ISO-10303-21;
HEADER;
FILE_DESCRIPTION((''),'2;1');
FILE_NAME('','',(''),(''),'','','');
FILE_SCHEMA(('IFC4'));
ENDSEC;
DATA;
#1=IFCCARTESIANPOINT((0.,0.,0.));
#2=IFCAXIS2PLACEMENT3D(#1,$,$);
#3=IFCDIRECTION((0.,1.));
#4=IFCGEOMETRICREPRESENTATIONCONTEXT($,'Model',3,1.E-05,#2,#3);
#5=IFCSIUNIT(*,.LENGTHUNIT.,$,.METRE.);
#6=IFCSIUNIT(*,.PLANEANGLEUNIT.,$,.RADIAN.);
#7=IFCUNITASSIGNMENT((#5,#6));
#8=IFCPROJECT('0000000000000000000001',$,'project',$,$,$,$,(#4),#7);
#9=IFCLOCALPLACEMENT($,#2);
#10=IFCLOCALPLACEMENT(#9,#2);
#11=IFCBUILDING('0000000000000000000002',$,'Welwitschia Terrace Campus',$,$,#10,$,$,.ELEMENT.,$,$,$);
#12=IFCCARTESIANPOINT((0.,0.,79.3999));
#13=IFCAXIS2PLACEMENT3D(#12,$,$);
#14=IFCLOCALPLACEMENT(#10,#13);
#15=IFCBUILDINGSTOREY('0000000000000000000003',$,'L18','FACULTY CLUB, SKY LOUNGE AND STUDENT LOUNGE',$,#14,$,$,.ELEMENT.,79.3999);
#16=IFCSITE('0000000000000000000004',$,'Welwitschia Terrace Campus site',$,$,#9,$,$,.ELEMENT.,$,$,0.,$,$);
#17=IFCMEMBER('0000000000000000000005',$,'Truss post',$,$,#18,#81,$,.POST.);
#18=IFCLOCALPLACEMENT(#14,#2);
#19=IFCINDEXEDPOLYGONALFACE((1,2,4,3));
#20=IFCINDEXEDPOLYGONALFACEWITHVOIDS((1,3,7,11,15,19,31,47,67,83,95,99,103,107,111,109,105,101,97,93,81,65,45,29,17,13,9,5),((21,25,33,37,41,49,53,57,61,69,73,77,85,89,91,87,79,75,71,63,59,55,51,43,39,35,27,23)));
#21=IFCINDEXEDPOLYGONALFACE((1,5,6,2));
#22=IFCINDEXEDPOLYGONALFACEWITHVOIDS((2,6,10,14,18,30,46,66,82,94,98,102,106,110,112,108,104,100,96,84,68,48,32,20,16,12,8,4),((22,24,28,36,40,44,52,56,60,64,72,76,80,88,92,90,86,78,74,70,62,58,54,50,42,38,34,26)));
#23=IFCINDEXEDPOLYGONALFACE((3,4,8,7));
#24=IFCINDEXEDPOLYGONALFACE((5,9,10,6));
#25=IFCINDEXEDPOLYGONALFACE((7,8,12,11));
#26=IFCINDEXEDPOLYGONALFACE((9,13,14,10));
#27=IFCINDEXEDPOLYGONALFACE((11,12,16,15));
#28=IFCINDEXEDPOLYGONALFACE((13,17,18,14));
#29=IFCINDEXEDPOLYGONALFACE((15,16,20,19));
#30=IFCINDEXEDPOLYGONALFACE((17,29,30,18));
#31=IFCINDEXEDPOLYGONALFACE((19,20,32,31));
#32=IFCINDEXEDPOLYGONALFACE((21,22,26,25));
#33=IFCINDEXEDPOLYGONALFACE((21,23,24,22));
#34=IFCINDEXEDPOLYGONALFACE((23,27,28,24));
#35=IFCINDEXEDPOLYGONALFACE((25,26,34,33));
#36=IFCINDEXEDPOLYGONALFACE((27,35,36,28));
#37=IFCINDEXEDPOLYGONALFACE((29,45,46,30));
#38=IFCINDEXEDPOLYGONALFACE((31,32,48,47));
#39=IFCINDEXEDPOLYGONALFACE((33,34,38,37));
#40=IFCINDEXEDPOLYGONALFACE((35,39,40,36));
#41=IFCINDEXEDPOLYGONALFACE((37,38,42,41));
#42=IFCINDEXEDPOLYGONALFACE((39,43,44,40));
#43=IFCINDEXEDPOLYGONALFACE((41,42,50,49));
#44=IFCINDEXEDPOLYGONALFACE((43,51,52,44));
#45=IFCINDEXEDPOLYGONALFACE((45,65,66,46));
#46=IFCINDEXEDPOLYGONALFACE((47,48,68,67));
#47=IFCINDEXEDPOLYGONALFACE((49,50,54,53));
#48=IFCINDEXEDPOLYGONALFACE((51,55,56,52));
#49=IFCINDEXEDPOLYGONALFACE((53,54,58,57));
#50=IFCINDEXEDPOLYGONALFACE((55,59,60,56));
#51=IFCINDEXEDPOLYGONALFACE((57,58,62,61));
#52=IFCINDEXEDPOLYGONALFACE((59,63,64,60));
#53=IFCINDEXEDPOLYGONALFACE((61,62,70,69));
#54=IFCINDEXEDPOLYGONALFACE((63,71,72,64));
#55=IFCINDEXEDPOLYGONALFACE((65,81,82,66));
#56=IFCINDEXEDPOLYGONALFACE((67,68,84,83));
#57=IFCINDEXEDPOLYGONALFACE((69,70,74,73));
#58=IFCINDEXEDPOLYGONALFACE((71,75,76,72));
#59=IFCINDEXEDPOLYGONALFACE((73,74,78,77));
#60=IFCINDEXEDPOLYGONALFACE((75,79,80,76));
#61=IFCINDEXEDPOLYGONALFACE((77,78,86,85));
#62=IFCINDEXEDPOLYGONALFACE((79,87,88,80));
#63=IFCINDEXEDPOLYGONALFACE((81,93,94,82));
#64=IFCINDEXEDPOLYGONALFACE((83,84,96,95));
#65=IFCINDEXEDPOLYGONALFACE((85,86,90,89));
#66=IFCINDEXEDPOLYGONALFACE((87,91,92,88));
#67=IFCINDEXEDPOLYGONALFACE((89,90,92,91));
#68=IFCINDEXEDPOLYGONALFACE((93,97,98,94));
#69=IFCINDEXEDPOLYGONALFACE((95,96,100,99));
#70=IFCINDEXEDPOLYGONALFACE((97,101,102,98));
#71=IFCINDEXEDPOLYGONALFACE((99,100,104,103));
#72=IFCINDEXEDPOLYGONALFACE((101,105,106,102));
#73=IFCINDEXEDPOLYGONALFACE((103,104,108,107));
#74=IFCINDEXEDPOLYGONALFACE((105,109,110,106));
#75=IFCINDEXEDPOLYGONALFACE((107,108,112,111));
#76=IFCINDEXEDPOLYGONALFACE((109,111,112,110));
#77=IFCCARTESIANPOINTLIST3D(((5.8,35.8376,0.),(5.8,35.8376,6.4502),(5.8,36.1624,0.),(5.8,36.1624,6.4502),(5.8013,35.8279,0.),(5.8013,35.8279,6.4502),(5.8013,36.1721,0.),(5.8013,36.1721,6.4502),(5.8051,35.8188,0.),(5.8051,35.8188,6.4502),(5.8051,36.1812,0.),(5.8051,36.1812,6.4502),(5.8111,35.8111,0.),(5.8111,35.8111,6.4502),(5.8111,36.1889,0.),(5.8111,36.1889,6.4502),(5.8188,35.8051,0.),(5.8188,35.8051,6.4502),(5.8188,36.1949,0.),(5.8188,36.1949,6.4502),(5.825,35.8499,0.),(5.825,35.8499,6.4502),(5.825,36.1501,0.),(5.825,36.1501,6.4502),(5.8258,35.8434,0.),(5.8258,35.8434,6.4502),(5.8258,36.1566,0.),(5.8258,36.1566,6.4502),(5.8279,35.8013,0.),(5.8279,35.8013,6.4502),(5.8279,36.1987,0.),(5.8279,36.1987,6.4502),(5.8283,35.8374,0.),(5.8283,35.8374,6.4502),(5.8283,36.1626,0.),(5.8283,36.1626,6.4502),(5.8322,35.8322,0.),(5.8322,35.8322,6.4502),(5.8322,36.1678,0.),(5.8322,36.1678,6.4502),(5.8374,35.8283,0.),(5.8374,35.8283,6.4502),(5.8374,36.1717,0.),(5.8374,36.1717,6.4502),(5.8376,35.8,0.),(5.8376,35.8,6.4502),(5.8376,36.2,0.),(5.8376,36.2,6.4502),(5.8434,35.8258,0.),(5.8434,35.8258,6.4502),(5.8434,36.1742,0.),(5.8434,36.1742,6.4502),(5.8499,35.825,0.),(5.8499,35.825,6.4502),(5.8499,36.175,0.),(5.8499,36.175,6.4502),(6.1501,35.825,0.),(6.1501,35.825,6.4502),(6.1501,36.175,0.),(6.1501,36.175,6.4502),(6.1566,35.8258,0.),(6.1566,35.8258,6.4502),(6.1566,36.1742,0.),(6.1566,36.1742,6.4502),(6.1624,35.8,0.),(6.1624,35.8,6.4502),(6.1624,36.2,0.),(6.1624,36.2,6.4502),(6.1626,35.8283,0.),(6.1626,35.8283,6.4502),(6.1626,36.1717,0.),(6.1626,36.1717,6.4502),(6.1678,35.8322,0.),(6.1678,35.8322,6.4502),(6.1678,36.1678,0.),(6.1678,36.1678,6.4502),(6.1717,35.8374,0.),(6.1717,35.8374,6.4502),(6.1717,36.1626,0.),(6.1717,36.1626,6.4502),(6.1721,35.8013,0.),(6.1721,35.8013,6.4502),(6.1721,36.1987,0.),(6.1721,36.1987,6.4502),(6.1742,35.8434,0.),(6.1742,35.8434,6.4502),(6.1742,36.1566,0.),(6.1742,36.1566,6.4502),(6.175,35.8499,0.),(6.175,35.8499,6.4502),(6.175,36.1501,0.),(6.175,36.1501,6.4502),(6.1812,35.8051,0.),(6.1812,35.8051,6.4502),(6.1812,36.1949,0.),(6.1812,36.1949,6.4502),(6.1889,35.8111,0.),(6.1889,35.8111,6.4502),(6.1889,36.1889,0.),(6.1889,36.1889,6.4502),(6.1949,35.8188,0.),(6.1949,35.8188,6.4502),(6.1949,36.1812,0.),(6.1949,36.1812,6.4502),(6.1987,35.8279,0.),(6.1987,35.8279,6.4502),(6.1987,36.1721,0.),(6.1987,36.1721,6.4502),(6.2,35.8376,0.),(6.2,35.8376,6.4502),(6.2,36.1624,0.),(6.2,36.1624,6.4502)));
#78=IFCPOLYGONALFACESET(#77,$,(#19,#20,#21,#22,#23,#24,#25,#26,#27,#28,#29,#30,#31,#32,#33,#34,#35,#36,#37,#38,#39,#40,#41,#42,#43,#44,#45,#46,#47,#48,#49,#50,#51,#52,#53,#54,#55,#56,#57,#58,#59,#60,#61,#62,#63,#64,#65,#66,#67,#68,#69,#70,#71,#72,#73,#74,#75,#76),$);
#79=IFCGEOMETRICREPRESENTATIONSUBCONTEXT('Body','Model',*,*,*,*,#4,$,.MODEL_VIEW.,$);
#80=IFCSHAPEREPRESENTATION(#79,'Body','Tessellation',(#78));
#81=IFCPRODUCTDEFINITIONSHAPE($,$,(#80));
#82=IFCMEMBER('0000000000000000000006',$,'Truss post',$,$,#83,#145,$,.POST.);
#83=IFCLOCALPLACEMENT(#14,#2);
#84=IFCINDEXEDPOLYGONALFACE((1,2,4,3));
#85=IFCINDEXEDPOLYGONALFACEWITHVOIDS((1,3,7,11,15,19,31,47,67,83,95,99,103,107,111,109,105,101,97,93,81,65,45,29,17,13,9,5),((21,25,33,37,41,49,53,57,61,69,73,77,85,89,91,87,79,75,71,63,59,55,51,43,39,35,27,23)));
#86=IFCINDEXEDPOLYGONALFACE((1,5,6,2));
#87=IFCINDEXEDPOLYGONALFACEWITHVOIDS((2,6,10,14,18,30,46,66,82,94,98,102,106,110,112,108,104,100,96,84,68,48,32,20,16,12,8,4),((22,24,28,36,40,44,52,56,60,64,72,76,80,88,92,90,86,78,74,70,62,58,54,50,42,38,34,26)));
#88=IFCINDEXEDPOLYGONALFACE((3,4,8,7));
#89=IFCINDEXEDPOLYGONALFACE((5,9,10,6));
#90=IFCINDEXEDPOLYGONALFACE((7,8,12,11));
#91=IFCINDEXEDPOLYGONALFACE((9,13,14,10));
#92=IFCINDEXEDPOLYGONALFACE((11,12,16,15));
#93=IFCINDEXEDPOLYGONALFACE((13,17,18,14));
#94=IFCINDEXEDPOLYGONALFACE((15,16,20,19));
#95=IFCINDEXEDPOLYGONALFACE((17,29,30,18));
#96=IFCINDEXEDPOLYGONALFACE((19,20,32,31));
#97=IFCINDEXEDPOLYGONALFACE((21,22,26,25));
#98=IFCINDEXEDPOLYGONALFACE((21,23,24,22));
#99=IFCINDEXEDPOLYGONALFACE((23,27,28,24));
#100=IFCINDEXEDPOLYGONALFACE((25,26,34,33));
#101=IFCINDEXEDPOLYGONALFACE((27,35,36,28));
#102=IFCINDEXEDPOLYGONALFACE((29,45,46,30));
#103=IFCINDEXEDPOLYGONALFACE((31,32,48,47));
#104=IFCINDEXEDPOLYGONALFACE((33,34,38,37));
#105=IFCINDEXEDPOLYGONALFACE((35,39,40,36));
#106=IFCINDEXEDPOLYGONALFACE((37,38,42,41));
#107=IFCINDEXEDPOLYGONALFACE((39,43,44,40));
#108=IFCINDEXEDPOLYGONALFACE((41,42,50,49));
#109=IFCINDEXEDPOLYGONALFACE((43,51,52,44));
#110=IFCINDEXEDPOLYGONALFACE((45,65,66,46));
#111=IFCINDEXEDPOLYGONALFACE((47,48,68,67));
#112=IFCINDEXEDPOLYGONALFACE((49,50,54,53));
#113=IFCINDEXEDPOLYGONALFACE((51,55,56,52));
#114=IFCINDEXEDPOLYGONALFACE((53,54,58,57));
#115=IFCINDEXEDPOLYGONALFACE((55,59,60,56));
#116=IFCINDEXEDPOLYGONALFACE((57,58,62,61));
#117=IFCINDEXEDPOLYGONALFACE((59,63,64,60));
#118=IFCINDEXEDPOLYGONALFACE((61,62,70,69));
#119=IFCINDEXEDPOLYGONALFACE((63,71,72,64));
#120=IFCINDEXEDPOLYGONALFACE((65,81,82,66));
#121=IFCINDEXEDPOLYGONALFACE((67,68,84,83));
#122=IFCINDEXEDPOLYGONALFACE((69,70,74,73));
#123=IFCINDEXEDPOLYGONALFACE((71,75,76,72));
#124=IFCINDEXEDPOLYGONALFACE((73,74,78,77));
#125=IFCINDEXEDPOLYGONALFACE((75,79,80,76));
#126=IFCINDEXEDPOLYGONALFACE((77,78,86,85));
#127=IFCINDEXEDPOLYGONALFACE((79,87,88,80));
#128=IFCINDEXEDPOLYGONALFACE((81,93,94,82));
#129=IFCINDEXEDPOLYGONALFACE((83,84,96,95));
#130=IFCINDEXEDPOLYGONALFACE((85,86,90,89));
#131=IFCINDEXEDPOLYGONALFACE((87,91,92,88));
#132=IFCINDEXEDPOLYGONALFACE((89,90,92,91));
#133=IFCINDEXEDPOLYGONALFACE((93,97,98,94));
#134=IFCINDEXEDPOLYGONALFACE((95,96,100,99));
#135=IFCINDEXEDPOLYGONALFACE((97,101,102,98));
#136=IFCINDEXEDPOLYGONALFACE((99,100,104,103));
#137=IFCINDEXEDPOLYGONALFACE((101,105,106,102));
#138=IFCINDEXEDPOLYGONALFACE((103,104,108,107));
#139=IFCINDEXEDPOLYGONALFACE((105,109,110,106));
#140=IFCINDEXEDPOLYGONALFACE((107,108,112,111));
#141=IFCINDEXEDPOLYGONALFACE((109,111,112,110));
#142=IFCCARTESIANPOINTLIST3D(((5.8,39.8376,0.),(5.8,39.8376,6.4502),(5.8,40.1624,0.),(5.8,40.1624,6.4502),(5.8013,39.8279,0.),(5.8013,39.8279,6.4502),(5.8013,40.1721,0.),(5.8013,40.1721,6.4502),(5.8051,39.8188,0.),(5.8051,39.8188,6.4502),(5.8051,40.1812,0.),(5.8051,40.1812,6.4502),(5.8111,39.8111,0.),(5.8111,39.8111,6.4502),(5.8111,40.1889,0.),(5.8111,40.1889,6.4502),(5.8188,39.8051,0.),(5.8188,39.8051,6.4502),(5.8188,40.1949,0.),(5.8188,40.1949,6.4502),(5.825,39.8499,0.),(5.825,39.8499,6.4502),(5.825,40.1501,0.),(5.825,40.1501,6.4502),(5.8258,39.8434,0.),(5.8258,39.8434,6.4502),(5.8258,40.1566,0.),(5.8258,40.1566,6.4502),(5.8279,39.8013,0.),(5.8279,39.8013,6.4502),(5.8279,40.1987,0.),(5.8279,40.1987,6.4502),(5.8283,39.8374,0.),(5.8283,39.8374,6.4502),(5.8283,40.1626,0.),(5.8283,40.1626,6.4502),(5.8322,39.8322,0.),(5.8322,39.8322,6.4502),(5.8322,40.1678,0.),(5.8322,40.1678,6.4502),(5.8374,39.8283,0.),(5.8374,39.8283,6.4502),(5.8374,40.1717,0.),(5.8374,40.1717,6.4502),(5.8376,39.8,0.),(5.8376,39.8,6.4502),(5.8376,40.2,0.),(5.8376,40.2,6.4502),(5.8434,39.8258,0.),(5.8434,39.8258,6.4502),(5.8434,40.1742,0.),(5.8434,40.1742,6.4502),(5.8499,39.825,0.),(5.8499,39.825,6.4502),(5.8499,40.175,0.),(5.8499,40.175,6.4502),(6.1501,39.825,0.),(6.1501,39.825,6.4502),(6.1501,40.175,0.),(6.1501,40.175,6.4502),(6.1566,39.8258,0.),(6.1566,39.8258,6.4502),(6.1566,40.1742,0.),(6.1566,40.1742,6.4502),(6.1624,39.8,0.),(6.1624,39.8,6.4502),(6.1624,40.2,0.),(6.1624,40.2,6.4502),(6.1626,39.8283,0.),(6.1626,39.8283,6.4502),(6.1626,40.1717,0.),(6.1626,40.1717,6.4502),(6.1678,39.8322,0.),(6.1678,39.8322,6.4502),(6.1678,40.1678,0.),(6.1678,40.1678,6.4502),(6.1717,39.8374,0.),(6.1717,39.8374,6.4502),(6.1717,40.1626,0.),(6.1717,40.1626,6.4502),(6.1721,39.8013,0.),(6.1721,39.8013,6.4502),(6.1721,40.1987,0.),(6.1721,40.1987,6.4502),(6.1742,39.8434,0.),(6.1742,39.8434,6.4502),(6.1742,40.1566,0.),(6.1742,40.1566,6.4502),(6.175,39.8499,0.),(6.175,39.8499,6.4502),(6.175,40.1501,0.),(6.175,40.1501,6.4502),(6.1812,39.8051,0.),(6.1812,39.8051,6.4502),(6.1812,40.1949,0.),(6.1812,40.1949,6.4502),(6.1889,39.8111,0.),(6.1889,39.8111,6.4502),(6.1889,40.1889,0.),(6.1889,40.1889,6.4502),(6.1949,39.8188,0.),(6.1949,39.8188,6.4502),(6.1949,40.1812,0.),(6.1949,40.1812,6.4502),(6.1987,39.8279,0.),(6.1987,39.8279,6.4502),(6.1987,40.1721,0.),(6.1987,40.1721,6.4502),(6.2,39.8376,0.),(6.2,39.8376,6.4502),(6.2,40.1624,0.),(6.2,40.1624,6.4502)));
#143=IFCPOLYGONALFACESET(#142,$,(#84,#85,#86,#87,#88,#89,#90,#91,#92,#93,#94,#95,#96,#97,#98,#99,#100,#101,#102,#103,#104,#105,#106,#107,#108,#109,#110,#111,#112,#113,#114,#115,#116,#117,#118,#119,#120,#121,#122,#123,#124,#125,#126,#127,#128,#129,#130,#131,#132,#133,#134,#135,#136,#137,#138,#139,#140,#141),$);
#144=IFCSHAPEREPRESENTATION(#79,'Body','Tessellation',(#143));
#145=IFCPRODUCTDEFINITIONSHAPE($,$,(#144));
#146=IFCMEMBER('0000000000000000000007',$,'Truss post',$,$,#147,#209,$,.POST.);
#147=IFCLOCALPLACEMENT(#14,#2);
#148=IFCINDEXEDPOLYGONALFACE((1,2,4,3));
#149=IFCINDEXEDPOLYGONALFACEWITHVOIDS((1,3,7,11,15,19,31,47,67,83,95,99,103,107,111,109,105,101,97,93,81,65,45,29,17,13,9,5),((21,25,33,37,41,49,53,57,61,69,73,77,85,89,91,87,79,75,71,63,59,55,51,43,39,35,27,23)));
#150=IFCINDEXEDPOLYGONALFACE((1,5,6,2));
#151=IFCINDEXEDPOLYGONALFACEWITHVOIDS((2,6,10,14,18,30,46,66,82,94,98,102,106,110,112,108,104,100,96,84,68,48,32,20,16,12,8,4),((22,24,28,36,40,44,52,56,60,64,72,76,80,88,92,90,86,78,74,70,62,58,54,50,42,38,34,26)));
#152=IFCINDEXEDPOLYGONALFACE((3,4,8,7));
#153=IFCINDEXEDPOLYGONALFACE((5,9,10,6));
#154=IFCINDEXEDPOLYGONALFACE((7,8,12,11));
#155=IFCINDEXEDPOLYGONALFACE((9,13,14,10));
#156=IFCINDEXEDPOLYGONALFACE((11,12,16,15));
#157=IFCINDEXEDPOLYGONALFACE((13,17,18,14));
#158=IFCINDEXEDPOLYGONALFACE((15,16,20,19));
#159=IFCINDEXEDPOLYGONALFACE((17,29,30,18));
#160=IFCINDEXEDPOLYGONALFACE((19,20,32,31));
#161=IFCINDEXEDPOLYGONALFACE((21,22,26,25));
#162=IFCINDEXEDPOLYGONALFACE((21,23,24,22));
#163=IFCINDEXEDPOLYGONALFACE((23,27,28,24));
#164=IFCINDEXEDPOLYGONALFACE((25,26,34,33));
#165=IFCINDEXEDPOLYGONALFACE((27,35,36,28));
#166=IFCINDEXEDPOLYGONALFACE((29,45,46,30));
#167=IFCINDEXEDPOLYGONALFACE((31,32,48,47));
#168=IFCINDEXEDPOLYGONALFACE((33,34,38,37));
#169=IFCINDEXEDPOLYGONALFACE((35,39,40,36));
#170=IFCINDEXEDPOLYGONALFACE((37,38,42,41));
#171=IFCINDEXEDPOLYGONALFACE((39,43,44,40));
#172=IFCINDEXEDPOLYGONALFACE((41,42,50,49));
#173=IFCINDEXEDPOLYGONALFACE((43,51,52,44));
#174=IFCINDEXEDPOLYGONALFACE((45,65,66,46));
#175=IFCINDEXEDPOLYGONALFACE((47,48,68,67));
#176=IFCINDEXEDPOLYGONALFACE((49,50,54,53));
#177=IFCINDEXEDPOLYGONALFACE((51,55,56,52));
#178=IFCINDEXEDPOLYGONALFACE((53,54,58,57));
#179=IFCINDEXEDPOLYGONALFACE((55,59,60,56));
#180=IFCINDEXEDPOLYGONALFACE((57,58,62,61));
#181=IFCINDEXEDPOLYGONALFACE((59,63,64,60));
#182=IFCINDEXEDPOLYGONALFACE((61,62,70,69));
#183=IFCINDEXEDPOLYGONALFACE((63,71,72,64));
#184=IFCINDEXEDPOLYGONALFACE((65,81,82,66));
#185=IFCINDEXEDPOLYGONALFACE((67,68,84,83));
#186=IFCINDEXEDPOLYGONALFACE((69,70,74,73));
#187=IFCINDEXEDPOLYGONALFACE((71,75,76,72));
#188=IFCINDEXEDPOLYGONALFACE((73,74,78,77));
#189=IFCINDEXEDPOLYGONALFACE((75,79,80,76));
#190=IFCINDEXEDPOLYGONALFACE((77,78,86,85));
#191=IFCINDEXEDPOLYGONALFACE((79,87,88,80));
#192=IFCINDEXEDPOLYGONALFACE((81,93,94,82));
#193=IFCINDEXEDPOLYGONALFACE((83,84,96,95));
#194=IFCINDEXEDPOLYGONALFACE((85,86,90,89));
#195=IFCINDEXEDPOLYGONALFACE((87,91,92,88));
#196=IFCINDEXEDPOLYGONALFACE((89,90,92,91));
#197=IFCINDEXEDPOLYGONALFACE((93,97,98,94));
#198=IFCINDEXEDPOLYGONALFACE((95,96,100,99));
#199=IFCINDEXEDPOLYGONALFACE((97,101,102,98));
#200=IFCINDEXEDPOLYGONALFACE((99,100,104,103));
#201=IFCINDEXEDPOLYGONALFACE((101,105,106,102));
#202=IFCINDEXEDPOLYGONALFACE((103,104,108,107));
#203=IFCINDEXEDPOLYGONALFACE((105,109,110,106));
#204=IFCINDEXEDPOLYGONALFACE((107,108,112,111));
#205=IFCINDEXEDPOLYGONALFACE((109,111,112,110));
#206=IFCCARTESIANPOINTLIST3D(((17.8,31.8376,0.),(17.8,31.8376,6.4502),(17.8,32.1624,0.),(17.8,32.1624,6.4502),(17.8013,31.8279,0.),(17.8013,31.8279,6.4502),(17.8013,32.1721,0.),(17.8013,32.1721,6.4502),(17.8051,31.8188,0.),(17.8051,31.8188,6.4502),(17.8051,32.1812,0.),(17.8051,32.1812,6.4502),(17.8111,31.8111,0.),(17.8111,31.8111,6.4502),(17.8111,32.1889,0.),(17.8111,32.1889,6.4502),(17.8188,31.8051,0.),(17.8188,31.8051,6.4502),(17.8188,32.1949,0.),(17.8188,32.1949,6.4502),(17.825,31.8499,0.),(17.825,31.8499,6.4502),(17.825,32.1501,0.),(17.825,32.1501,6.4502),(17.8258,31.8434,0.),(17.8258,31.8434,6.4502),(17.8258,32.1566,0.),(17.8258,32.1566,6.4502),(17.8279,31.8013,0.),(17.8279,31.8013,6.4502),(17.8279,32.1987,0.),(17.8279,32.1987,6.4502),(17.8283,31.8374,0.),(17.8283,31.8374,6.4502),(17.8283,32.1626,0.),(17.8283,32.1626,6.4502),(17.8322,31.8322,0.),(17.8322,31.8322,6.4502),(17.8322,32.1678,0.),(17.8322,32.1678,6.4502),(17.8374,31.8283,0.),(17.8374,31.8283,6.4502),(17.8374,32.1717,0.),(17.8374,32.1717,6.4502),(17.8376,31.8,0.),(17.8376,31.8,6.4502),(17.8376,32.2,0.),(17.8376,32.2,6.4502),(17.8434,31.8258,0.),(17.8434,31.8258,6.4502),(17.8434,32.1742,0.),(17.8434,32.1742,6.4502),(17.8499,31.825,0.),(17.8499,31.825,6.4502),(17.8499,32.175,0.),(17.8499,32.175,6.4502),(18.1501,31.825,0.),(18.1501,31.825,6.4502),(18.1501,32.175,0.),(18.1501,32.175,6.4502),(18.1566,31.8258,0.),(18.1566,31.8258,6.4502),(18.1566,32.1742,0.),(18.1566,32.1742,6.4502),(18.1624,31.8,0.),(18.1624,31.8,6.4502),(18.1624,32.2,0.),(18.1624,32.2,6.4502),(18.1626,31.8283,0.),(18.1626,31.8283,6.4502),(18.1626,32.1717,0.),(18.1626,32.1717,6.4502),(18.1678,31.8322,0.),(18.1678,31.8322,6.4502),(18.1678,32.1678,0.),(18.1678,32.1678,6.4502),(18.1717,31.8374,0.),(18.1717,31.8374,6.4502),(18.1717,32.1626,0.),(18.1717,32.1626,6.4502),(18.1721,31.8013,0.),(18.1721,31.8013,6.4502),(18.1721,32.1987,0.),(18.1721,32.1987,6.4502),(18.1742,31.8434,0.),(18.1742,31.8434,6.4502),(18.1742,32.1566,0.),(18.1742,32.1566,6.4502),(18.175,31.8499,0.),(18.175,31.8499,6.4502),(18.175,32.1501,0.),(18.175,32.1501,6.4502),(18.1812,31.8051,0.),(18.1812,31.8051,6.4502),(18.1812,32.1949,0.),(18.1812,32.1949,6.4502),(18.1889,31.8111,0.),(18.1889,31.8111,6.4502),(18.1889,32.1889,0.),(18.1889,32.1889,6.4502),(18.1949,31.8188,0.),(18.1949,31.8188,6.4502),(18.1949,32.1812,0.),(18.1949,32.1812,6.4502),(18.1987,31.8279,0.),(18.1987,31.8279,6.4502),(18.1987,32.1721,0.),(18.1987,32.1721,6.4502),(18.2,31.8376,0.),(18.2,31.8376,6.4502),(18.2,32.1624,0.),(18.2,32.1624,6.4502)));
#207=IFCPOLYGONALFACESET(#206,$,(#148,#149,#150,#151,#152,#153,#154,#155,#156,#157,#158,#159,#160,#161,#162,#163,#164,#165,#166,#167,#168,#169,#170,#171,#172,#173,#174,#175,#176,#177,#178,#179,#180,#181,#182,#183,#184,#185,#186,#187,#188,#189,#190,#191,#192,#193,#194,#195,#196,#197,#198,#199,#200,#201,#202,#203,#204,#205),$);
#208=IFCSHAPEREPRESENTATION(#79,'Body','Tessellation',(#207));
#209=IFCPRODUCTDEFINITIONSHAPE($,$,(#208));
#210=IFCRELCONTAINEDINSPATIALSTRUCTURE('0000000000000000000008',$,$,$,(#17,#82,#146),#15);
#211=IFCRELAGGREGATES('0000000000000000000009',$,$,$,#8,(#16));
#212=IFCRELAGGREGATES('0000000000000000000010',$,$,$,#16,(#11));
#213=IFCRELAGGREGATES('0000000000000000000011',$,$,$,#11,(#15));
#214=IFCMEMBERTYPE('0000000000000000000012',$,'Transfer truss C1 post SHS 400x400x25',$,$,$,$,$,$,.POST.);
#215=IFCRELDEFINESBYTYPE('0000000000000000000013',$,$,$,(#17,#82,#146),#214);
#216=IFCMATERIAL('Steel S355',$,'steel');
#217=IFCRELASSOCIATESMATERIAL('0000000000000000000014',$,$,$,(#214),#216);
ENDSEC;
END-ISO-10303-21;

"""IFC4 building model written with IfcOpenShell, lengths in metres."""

from ifc_helpers import new_model, si_unit, direction, frame, origin, origin_2d, place, context, subcontext, project, spatial, hollow_rectangle, extrude, material, material_profile, profile_set, type_object, element, save


model = new_model("IFC4")

# Units and contexts
model_context = context("Model", 3, precision=1e-05, world=origin(), true_north=direction((0.0, 1.0)))
body_context = subcontext(model_context, "Body", "Model", "MODEL_VIEW")
ifc_project = project(units=[si_unit("LENGTHUNIT", "METRE"), si_unit("PLANEANGLEUNIT", "RADIAN")], contexts=[model_context])

# Site, building, storey
site_placement = place(None, origin())
site = spatial("IfcSite", under=ifc_project, at=site_placement, Name="Welwitschia Terrace Campus site", CompositionType="ELEMENT", RefElevation=0.0)
building_placement = place(site_placement, origin())
building = spatial("IfcBuilding", under=site, at=building_placement, Name="Welwitschia Terrace Campus", CompositionType="ELEMENT")
storey_placement = place(building_placement, frame((0.0, 0.0, 79.3999)))
storey = spatial("IfcBuildingStorey", under=building, at=storey_placement, Name="L18", Description="FACULTY CLUB, SKY LOUNGE AND STUDENT LOUNGE", CompositionType="ELEMENT", Elevation=79.3999)

# Members
ifc_material_1 = material(Name="Steel S355", Category="steel")
ifc_material_profile_1 = material_profile(ifc_material_1, hollow_rectangle(XDim=0.3999, YDim=0.3999, WallThickness=0.0249, InnerFilletRadius=0.0249, OuterFilletRadius=0.0376, at=origin_2d()))
ifc_profile_set_1 = profile_set([ifc_material_profile_1], Name="Steel S355")
member_type_1 = type_object("IfcMemberType", Name="Transfer truss C1 post SHS 400x400x25", PredefinedType="POST", material=ifc_profile_set_1)
for number, where, z_axis, x_axis, name in (
    (1, (6.0, 36.0, 0.0), (0.0, 0.0, 1.0), (1.0, 0.0, 0.0), "Truss post"),
    (2, (6.0, 40.0, 0.0), (0.0, 0.0, 1.0), (1.0, 0.0, 0.0), "Truss post"),
    (3, (18.0, 32.0, 0.0), (0.0, 0.0, 1.0), (1.0, 0.0, 0.0), "Truss post"),
):
    element("IfcMember", number, at=place(storey_placement, frame(where, z_axis=z_axis, x_axis=x_axis)), inside=storey, type_object=member_type_1, Name=name, PredefinedType="POST", context=body_context, shape_type="SweptSolid", body=[
        extrude(hollow_rectangle(XDim=0.3999, YDim=0.3999, WallThickness=0.0249, InnerFilletRadius=0.0249, OuterFilletRadius=0.0376, at=origin_2d()), origin(), (0.0, 0.0, 1.0), 6.4502),
    ])

save(model, "model.ifc")
